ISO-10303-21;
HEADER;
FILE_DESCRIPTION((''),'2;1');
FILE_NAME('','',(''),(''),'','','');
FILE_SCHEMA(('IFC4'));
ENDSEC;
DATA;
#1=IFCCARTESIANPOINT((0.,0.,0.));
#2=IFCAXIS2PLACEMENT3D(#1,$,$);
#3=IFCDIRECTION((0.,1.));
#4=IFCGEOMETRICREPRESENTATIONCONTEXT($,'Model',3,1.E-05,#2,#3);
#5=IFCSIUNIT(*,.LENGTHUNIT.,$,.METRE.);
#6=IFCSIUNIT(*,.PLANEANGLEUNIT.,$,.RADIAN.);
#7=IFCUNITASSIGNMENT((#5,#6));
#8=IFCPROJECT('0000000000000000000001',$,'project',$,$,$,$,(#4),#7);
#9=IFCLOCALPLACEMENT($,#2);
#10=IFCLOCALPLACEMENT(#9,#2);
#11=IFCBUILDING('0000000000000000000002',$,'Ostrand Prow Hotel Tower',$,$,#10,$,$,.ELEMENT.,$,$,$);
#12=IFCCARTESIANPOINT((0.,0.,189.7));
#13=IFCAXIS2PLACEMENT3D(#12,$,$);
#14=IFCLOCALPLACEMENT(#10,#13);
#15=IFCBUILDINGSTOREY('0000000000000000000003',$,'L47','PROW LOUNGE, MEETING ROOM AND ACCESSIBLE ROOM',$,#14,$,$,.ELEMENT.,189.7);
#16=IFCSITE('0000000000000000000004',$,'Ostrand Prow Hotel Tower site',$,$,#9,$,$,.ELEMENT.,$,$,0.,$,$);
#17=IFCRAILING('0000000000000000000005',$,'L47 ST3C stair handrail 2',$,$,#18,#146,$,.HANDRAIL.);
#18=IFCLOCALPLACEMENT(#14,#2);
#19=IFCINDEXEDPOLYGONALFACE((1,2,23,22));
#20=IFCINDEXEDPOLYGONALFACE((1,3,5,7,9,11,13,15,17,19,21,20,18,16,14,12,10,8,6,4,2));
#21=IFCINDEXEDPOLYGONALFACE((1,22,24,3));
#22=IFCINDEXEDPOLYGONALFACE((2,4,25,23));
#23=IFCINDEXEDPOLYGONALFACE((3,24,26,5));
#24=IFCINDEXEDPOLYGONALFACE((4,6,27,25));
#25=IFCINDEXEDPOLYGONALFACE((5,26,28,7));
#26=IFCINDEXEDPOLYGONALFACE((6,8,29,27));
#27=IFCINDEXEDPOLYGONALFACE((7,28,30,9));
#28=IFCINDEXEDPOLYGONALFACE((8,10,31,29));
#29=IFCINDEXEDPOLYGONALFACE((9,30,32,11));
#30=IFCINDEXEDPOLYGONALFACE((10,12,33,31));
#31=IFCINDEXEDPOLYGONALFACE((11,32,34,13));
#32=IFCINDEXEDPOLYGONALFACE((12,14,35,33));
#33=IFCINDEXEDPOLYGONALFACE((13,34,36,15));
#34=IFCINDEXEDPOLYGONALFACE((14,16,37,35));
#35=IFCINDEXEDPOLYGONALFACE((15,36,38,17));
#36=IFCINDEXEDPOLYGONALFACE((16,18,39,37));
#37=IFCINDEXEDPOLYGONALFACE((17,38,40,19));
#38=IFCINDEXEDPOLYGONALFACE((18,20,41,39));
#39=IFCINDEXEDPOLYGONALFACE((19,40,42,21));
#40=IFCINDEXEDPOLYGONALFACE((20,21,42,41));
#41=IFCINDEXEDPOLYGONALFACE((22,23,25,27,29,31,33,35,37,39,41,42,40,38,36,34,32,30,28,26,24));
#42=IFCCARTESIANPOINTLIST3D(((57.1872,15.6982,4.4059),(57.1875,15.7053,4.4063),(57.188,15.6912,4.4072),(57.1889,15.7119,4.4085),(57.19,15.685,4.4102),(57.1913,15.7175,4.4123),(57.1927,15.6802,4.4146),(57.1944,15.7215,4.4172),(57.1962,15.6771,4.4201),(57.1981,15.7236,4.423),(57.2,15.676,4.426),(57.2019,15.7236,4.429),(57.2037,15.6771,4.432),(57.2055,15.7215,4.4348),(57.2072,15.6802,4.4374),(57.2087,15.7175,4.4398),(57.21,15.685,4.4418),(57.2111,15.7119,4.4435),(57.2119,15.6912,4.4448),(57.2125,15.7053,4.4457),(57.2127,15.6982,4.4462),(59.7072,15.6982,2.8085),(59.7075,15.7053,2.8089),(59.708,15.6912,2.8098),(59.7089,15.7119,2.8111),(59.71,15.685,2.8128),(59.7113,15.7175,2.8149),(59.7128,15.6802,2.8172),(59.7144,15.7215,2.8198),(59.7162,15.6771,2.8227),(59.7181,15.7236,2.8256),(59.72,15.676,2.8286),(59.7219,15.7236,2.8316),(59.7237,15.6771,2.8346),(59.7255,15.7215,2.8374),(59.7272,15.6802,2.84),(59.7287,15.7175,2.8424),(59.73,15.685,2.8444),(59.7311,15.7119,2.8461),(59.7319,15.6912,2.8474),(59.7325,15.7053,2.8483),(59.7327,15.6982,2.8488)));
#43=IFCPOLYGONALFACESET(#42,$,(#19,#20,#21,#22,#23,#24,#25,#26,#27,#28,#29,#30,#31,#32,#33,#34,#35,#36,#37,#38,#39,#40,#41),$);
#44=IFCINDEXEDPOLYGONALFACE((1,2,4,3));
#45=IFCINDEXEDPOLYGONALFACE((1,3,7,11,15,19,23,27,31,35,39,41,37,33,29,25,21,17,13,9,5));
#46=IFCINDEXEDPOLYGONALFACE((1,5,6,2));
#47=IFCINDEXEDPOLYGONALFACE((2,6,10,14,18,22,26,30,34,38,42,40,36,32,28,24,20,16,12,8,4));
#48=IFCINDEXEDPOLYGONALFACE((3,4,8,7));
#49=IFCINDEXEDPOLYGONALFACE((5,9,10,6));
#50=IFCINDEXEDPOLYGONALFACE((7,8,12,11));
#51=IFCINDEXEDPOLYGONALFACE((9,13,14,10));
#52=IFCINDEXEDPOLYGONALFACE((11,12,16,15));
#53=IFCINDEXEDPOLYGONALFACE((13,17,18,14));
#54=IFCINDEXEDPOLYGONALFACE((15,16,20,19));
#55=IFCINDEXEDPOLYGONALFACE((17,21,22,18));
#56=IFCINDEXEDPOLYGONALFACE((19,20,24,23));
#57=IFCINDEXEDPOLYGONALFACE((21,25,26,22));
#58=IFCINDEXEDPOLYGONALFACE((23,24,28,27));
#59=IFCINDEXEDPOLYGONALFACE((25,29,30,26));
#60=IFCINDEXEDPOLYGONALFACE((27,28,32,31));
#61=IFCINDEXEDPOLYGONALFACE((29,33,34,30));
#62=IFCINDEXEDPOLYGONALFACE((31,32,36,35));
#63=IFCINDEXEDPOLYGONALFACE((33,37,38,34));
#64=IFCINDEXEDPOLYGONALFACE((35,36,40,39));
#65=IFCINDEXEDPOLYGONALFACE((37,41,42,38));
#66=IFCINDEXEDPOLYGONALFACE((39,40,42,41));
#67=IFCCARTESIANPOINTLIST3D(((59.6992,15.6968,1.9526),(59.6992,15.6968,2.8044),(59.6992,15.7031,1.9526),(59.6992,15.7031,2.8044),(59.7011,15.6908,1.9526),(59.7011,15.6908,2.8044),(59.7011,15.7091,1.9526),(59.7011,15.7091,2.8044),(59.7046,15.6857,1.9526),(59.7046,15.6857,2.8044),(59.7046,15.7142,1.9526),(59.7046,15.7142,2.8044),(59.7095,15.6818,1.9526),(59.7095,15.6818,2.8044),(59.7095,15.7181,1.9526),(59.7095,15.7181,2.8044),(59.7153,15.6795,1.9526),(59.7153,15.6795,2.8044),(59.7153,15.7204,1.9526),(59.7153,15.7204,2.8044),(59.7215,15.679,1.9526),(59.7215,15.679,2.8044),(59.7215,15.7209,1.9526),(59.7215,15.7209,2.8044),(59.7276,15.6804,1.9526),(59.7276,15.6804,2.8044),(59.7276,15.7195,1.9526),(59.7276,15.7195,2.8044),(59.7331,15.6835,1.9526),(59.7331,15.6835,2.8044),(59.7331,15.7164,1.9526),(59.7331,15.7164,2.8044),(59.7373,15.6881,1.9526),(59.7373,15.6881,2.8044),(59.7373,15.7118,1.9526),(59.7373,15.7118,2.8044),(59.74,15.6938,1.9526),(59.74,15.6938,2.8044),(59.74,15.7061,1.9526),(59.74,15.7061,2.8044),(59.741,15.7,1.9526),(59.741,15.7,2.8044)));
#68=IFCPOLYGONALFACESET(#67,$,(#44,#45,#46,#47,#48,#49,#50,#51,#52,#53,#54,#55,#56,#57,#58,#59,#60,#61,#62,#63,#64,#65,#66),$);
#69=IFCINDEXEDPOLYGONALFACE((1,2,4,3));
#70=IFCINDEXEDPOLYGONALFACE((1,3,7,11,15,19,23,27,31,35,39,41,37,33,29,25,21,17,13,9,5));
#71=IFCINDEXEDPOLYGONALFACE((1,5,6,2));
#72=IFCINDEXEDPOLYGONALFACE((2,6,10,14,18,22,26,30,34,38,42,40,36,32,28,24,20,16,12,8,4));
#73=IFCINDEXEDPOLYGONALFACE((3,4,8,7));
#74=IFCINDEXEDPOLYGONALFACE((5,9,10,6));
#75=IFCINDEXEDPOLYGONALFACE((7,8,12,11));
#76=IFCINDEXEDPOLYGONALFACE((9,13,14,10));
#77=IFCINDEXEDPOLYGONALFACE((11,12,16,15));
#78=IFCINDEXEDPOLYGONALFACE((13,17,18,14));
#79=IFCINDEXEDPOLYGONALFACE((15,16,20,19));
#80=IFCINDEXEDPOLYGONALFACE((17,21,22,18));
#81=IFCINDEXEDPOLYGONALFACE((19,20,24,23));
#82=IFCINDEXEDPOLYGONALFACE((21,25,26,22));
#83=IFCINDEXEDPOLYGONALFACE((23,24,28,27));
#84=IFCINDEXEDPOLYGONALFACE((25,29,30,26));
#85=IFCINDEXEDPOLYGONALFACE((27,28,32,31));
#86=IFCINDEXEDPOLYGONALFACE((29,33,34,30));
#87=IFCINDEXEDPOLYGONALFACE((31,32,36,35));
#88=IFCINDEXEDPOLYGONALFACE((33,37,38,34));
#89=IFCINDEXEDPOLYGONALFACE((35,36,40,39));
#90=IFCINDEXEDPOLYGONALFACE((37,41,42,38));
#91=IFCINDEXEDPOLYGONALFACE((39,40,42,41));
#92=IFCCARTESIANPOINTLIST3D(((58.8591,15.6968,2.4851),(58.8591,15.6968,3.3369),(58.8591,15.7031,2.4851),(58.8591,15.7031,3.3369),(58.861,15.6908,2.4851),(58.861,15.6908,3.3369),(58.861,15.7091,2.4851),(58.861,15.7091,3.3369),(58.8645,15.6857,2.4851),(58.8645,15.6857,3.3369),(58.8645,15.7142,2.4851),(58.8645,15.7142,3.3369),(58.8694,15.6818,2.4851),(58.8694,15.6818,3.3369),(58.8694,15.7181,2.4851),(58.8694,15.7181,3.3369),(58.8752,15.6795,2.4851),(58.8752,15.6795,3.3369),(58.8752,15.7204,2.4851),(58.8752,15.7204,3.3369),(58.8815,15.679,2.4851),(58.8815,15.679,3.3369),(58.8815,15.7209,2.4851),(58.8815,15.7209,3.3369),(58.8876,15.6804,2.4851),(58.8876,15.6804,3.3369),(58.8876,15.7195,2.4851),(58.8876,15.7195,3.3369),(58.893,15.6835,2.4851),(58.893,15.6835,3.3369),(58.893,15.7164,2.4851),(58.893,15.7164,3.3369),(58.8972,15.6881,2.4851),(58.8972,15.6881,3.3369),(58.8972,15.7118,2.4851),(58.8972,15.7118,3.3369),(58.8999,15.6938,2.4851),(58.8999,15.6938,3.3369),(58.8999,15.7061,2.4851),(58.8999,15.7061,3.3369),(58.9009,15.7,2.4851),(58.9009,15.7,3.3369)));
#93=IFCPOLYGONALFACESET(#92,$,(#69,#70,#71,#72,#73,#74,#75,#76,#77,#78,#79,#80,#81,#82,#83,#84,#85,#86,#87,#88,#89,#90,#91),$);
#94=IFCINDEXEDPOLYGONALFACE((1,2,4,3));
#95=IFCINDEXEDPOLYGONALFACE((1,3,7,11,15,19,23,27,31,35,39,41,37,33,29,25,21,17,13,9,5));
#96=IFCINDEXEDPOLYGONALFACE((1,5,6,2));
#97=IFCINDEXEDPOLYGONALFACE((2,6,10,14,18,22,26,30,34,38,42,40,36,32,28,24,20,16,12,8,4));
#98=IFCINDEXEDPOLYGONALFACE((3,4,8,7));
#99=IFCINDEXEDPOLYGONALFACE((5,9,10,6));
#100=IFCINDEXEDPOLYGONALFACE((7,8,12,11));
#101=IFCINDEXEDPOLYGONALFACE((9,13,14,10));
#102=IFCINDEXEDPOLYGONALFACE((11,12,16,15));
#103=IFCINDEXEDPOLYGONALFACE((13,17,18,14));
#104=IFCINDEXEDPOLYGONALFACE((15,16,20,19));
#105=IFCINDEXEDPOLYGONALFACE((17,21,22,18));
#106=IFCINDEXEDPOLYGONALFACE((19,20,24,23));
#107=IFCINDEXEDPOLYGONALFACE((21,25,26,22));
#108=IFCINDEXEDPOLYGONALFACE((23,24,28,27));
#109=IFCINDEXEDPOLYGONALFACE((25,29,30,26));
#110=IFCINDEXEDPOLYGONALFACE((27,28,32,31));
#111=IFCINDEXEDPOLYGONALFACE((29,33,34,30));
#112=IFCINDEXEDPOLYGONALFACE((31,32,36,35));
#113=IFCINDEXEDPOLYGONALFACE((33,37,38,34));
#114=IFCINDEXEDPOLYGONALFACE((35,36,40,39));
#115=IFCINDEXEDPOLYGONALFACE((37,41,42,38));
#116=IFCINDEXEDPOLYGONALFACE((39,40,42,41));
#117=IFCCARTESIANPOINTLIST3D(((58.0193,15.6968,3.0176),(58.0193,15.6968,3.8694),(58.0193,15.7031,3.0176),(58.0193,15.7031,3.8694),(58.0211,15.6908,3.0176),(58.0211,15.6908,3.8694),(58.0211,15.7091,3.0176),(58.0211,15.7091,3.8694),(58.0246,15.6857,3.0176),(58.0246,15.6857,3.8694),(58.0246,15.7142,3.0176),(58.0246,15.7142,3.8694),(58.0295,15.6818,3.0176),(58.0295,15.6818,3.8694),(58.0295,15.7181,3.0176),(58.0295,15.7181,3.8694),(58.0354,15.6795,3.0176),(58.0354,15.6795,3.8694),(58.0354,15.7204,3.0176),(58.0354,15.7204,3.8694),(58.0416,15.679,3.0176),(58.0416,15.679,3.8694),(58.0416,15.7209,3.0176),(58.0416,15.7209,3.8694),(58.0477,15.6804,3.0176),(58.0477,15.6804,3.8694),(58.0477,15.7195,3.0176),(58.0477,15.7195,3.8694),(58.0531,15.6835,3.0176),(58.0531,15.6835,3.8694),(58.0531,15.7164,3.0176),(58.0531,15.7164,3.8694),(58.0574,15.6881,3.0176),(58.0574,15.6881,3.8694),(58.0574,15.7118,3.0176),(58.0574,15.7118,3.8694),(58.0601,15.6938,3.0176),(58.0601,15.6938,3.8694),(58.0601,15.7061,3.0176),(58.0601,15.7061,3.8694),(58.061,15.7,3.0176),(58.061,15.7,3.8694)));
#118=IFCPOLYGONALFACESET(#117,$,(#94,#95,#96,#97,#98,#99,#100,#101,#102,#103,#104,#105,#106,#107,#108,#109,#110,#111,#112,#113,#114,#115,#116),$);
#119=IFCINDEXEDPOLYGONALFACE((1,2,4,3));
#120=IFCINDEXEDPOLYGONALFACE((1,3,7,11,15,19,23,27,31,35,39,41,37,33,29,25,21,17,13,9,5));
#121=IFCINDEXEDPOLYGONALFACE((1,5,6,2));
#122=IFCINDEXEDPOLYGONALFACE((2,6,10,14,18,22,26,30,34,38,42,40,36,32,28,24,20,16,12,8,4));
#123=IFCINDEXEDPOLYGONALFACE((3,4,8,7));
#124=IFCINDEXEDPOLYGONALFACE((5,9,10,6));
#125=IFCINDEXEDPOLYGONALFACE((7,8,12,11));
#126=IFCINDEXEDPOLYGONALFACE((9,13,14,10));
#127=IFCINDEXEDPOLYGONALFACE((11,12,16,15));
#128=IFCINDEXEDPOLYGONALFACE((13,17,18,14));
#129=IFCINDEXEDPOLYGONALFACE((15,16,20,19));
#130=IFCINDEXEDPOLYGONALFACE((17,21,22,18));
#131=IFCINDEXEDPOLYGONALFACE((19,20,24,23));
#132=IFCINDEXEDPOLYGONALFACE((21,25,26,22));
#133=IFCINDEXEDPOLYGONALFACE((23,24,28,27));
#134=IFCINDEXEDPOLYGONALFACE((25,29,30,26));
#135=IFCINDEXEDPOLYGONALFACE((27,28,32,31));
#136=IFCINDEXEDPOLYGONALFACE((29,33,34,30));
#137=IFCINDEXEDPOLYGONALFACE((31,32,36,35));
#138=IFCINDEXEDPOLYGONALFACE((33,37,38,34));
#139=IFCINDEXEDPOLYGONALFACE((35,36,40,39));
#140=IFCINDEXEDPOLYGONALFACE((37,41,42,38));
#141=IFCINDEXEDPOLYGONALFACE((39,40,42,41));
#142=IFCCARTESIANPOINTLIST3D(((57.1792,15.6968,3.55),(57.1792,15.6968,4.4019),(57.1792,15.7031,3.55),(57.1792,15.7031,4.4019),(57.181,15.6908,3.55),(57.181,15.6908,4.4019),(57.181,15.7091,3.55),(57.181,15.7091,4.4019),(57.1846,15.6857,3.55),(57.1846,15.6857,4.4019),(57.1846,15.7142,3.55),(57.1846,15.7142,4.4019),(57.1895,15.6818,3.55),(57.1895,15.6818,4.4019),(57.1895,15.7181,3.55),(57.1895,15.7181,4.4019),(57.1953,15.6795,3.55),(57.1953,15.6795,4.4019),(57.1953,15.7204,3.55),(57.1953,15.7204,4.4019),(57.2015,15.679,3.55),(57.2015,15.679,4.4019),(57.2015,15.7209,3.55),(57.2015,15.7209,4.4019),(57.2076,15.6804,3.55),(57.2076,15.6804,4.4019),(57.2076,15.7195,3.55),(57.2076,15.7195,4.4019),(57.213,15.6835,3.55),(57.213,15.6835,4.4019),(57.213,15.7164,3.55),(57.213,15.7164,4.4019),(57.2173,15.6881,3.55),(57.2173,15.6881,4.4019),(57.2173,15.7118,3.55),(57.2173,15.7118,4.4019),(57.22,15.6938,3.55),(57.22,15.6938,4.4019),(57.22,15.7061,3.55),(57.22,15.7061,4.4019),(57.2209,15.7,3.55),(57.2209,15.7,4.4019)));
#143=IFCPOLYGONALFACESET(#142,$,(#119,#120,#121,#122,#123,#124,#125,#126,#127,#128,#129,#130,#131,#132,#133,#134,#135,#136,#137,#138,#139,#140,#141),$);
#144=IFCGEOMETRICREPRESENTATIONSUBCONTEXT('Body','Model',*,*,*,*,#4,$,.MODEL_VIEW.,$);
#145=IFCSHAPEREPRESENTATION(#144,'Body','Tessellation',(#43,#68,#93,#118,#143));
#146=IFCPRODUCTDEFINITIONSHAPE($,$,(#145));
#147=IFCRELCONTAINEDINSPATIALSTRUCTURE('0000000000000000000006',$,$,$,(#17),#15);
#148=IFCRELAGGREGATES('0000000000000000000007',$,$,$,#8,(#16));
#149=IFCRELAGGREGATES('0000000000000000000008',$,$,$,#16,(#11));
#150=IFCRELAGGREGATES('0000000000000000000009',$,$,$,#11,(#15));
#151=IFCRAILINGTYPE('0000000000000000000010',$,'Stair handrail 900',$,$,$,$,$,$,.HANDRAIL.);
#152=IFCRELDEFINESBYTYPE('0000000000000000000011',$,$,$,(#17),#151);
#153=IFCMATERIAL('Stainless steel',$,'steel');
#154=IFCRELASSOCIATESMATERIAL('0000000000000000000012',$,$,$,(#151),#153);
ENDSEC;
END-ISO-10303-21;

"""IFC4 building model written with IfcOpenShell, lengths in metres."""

from ifc_helpers import new_model, si_unit, direction, frame, origin, origin_2d, place, context, subcontext, project, spatial, circle, extrude, material, type_object, element, save


model = new_model("IFC4")

# Units and contexts
model_context = context("Model", 3, precision=1e-05, world=origin(), true_north=direction((0.0, 1.0)))
body_context = subcontext(model_context, "Body", "Model", "MODEL_VIEW")
ifc_project = project(units=[si_unit("LENGTHUNIT", "METRE"), si_unit("PLANEANGLEUNIT", "RADIAN")], contexts=[model_context])

# Site, building, storey
site_placement = place(None, origin())
site = spatial("IfcSite", under=ifc_project, at=site_placement, Name="Ostrand Prow Hotel Tower site", CompositionType="ELEMENT", RefElevation=0.0)
building_placement = place(site_placement, origin())
building = spatial("IfcBuilding", under=site, at=building_placement, Name="Ostrand Prow Hotel Tower", CompositionType="ELEMENT")
storey_placement = place(building_placement, frame((0.0, 0.0, 189.7)))
storey = spatial("IfcBuildingStorey", under=building, at=storey_placement, Name="L47", Description="PROW LOUNGE, MEETING ROOM AND ACCESSIBLE ROOM", CompositionType="ELEMENT", Elevation=189.7)

# Railing
ifc_material_1 = material(Name="Stainless steel", Category="steel")
railing_type_1 = type_object("IfcRailingType", Name="Stair handrail 900", PredefinedType="HANDRAIL", material=ifc_material_1)
railing_1_placement = place(storey_placement, frame((59.72, 15.7, 1.9526)))
element("IfcRailing", 1, at=railing_1_placement, inside=storey, type_object=railing_type_1, Name="L47 ST3C stair handrail 2", PredefinedType="HANDRAIL", context=body_context, shape_type="SweptSolid", body=[
    extrude(circle(Radius=0.0239, at=origin_2d()), frame((0.0, 0.0, 0.876), z_axis=(-0.844607, 0.0, 0.535387), x_axis=(0.0, -1.0, 0.0)), (0.0, 0.0, 1.0), 2.9836),
    extrude(circle(Radius=0.021, at=origin_2d()), origin(), (0.0, 0.0, 1.0), 0.8518),
    extrude(circle(Radius=0.021, at=origin_2d()), frame((-0.8401, 0.0, 0.5325)), (0.0, 0.0, 1.0), 0.8518),
    extrude(circle(Radius=0.021, at=origin_2d()), frame((-1.6799, 0.0, 1.0649)), (0.0, 0.0, 1.0), 0.8518),
    extrude(circle(Radius=0.021, at=origin_2d()), frame((-2.52, 0.0, 1.5974)), (0.0, 0.0, 1.0), 0.8518),
])

save(model, "model.ifc")
